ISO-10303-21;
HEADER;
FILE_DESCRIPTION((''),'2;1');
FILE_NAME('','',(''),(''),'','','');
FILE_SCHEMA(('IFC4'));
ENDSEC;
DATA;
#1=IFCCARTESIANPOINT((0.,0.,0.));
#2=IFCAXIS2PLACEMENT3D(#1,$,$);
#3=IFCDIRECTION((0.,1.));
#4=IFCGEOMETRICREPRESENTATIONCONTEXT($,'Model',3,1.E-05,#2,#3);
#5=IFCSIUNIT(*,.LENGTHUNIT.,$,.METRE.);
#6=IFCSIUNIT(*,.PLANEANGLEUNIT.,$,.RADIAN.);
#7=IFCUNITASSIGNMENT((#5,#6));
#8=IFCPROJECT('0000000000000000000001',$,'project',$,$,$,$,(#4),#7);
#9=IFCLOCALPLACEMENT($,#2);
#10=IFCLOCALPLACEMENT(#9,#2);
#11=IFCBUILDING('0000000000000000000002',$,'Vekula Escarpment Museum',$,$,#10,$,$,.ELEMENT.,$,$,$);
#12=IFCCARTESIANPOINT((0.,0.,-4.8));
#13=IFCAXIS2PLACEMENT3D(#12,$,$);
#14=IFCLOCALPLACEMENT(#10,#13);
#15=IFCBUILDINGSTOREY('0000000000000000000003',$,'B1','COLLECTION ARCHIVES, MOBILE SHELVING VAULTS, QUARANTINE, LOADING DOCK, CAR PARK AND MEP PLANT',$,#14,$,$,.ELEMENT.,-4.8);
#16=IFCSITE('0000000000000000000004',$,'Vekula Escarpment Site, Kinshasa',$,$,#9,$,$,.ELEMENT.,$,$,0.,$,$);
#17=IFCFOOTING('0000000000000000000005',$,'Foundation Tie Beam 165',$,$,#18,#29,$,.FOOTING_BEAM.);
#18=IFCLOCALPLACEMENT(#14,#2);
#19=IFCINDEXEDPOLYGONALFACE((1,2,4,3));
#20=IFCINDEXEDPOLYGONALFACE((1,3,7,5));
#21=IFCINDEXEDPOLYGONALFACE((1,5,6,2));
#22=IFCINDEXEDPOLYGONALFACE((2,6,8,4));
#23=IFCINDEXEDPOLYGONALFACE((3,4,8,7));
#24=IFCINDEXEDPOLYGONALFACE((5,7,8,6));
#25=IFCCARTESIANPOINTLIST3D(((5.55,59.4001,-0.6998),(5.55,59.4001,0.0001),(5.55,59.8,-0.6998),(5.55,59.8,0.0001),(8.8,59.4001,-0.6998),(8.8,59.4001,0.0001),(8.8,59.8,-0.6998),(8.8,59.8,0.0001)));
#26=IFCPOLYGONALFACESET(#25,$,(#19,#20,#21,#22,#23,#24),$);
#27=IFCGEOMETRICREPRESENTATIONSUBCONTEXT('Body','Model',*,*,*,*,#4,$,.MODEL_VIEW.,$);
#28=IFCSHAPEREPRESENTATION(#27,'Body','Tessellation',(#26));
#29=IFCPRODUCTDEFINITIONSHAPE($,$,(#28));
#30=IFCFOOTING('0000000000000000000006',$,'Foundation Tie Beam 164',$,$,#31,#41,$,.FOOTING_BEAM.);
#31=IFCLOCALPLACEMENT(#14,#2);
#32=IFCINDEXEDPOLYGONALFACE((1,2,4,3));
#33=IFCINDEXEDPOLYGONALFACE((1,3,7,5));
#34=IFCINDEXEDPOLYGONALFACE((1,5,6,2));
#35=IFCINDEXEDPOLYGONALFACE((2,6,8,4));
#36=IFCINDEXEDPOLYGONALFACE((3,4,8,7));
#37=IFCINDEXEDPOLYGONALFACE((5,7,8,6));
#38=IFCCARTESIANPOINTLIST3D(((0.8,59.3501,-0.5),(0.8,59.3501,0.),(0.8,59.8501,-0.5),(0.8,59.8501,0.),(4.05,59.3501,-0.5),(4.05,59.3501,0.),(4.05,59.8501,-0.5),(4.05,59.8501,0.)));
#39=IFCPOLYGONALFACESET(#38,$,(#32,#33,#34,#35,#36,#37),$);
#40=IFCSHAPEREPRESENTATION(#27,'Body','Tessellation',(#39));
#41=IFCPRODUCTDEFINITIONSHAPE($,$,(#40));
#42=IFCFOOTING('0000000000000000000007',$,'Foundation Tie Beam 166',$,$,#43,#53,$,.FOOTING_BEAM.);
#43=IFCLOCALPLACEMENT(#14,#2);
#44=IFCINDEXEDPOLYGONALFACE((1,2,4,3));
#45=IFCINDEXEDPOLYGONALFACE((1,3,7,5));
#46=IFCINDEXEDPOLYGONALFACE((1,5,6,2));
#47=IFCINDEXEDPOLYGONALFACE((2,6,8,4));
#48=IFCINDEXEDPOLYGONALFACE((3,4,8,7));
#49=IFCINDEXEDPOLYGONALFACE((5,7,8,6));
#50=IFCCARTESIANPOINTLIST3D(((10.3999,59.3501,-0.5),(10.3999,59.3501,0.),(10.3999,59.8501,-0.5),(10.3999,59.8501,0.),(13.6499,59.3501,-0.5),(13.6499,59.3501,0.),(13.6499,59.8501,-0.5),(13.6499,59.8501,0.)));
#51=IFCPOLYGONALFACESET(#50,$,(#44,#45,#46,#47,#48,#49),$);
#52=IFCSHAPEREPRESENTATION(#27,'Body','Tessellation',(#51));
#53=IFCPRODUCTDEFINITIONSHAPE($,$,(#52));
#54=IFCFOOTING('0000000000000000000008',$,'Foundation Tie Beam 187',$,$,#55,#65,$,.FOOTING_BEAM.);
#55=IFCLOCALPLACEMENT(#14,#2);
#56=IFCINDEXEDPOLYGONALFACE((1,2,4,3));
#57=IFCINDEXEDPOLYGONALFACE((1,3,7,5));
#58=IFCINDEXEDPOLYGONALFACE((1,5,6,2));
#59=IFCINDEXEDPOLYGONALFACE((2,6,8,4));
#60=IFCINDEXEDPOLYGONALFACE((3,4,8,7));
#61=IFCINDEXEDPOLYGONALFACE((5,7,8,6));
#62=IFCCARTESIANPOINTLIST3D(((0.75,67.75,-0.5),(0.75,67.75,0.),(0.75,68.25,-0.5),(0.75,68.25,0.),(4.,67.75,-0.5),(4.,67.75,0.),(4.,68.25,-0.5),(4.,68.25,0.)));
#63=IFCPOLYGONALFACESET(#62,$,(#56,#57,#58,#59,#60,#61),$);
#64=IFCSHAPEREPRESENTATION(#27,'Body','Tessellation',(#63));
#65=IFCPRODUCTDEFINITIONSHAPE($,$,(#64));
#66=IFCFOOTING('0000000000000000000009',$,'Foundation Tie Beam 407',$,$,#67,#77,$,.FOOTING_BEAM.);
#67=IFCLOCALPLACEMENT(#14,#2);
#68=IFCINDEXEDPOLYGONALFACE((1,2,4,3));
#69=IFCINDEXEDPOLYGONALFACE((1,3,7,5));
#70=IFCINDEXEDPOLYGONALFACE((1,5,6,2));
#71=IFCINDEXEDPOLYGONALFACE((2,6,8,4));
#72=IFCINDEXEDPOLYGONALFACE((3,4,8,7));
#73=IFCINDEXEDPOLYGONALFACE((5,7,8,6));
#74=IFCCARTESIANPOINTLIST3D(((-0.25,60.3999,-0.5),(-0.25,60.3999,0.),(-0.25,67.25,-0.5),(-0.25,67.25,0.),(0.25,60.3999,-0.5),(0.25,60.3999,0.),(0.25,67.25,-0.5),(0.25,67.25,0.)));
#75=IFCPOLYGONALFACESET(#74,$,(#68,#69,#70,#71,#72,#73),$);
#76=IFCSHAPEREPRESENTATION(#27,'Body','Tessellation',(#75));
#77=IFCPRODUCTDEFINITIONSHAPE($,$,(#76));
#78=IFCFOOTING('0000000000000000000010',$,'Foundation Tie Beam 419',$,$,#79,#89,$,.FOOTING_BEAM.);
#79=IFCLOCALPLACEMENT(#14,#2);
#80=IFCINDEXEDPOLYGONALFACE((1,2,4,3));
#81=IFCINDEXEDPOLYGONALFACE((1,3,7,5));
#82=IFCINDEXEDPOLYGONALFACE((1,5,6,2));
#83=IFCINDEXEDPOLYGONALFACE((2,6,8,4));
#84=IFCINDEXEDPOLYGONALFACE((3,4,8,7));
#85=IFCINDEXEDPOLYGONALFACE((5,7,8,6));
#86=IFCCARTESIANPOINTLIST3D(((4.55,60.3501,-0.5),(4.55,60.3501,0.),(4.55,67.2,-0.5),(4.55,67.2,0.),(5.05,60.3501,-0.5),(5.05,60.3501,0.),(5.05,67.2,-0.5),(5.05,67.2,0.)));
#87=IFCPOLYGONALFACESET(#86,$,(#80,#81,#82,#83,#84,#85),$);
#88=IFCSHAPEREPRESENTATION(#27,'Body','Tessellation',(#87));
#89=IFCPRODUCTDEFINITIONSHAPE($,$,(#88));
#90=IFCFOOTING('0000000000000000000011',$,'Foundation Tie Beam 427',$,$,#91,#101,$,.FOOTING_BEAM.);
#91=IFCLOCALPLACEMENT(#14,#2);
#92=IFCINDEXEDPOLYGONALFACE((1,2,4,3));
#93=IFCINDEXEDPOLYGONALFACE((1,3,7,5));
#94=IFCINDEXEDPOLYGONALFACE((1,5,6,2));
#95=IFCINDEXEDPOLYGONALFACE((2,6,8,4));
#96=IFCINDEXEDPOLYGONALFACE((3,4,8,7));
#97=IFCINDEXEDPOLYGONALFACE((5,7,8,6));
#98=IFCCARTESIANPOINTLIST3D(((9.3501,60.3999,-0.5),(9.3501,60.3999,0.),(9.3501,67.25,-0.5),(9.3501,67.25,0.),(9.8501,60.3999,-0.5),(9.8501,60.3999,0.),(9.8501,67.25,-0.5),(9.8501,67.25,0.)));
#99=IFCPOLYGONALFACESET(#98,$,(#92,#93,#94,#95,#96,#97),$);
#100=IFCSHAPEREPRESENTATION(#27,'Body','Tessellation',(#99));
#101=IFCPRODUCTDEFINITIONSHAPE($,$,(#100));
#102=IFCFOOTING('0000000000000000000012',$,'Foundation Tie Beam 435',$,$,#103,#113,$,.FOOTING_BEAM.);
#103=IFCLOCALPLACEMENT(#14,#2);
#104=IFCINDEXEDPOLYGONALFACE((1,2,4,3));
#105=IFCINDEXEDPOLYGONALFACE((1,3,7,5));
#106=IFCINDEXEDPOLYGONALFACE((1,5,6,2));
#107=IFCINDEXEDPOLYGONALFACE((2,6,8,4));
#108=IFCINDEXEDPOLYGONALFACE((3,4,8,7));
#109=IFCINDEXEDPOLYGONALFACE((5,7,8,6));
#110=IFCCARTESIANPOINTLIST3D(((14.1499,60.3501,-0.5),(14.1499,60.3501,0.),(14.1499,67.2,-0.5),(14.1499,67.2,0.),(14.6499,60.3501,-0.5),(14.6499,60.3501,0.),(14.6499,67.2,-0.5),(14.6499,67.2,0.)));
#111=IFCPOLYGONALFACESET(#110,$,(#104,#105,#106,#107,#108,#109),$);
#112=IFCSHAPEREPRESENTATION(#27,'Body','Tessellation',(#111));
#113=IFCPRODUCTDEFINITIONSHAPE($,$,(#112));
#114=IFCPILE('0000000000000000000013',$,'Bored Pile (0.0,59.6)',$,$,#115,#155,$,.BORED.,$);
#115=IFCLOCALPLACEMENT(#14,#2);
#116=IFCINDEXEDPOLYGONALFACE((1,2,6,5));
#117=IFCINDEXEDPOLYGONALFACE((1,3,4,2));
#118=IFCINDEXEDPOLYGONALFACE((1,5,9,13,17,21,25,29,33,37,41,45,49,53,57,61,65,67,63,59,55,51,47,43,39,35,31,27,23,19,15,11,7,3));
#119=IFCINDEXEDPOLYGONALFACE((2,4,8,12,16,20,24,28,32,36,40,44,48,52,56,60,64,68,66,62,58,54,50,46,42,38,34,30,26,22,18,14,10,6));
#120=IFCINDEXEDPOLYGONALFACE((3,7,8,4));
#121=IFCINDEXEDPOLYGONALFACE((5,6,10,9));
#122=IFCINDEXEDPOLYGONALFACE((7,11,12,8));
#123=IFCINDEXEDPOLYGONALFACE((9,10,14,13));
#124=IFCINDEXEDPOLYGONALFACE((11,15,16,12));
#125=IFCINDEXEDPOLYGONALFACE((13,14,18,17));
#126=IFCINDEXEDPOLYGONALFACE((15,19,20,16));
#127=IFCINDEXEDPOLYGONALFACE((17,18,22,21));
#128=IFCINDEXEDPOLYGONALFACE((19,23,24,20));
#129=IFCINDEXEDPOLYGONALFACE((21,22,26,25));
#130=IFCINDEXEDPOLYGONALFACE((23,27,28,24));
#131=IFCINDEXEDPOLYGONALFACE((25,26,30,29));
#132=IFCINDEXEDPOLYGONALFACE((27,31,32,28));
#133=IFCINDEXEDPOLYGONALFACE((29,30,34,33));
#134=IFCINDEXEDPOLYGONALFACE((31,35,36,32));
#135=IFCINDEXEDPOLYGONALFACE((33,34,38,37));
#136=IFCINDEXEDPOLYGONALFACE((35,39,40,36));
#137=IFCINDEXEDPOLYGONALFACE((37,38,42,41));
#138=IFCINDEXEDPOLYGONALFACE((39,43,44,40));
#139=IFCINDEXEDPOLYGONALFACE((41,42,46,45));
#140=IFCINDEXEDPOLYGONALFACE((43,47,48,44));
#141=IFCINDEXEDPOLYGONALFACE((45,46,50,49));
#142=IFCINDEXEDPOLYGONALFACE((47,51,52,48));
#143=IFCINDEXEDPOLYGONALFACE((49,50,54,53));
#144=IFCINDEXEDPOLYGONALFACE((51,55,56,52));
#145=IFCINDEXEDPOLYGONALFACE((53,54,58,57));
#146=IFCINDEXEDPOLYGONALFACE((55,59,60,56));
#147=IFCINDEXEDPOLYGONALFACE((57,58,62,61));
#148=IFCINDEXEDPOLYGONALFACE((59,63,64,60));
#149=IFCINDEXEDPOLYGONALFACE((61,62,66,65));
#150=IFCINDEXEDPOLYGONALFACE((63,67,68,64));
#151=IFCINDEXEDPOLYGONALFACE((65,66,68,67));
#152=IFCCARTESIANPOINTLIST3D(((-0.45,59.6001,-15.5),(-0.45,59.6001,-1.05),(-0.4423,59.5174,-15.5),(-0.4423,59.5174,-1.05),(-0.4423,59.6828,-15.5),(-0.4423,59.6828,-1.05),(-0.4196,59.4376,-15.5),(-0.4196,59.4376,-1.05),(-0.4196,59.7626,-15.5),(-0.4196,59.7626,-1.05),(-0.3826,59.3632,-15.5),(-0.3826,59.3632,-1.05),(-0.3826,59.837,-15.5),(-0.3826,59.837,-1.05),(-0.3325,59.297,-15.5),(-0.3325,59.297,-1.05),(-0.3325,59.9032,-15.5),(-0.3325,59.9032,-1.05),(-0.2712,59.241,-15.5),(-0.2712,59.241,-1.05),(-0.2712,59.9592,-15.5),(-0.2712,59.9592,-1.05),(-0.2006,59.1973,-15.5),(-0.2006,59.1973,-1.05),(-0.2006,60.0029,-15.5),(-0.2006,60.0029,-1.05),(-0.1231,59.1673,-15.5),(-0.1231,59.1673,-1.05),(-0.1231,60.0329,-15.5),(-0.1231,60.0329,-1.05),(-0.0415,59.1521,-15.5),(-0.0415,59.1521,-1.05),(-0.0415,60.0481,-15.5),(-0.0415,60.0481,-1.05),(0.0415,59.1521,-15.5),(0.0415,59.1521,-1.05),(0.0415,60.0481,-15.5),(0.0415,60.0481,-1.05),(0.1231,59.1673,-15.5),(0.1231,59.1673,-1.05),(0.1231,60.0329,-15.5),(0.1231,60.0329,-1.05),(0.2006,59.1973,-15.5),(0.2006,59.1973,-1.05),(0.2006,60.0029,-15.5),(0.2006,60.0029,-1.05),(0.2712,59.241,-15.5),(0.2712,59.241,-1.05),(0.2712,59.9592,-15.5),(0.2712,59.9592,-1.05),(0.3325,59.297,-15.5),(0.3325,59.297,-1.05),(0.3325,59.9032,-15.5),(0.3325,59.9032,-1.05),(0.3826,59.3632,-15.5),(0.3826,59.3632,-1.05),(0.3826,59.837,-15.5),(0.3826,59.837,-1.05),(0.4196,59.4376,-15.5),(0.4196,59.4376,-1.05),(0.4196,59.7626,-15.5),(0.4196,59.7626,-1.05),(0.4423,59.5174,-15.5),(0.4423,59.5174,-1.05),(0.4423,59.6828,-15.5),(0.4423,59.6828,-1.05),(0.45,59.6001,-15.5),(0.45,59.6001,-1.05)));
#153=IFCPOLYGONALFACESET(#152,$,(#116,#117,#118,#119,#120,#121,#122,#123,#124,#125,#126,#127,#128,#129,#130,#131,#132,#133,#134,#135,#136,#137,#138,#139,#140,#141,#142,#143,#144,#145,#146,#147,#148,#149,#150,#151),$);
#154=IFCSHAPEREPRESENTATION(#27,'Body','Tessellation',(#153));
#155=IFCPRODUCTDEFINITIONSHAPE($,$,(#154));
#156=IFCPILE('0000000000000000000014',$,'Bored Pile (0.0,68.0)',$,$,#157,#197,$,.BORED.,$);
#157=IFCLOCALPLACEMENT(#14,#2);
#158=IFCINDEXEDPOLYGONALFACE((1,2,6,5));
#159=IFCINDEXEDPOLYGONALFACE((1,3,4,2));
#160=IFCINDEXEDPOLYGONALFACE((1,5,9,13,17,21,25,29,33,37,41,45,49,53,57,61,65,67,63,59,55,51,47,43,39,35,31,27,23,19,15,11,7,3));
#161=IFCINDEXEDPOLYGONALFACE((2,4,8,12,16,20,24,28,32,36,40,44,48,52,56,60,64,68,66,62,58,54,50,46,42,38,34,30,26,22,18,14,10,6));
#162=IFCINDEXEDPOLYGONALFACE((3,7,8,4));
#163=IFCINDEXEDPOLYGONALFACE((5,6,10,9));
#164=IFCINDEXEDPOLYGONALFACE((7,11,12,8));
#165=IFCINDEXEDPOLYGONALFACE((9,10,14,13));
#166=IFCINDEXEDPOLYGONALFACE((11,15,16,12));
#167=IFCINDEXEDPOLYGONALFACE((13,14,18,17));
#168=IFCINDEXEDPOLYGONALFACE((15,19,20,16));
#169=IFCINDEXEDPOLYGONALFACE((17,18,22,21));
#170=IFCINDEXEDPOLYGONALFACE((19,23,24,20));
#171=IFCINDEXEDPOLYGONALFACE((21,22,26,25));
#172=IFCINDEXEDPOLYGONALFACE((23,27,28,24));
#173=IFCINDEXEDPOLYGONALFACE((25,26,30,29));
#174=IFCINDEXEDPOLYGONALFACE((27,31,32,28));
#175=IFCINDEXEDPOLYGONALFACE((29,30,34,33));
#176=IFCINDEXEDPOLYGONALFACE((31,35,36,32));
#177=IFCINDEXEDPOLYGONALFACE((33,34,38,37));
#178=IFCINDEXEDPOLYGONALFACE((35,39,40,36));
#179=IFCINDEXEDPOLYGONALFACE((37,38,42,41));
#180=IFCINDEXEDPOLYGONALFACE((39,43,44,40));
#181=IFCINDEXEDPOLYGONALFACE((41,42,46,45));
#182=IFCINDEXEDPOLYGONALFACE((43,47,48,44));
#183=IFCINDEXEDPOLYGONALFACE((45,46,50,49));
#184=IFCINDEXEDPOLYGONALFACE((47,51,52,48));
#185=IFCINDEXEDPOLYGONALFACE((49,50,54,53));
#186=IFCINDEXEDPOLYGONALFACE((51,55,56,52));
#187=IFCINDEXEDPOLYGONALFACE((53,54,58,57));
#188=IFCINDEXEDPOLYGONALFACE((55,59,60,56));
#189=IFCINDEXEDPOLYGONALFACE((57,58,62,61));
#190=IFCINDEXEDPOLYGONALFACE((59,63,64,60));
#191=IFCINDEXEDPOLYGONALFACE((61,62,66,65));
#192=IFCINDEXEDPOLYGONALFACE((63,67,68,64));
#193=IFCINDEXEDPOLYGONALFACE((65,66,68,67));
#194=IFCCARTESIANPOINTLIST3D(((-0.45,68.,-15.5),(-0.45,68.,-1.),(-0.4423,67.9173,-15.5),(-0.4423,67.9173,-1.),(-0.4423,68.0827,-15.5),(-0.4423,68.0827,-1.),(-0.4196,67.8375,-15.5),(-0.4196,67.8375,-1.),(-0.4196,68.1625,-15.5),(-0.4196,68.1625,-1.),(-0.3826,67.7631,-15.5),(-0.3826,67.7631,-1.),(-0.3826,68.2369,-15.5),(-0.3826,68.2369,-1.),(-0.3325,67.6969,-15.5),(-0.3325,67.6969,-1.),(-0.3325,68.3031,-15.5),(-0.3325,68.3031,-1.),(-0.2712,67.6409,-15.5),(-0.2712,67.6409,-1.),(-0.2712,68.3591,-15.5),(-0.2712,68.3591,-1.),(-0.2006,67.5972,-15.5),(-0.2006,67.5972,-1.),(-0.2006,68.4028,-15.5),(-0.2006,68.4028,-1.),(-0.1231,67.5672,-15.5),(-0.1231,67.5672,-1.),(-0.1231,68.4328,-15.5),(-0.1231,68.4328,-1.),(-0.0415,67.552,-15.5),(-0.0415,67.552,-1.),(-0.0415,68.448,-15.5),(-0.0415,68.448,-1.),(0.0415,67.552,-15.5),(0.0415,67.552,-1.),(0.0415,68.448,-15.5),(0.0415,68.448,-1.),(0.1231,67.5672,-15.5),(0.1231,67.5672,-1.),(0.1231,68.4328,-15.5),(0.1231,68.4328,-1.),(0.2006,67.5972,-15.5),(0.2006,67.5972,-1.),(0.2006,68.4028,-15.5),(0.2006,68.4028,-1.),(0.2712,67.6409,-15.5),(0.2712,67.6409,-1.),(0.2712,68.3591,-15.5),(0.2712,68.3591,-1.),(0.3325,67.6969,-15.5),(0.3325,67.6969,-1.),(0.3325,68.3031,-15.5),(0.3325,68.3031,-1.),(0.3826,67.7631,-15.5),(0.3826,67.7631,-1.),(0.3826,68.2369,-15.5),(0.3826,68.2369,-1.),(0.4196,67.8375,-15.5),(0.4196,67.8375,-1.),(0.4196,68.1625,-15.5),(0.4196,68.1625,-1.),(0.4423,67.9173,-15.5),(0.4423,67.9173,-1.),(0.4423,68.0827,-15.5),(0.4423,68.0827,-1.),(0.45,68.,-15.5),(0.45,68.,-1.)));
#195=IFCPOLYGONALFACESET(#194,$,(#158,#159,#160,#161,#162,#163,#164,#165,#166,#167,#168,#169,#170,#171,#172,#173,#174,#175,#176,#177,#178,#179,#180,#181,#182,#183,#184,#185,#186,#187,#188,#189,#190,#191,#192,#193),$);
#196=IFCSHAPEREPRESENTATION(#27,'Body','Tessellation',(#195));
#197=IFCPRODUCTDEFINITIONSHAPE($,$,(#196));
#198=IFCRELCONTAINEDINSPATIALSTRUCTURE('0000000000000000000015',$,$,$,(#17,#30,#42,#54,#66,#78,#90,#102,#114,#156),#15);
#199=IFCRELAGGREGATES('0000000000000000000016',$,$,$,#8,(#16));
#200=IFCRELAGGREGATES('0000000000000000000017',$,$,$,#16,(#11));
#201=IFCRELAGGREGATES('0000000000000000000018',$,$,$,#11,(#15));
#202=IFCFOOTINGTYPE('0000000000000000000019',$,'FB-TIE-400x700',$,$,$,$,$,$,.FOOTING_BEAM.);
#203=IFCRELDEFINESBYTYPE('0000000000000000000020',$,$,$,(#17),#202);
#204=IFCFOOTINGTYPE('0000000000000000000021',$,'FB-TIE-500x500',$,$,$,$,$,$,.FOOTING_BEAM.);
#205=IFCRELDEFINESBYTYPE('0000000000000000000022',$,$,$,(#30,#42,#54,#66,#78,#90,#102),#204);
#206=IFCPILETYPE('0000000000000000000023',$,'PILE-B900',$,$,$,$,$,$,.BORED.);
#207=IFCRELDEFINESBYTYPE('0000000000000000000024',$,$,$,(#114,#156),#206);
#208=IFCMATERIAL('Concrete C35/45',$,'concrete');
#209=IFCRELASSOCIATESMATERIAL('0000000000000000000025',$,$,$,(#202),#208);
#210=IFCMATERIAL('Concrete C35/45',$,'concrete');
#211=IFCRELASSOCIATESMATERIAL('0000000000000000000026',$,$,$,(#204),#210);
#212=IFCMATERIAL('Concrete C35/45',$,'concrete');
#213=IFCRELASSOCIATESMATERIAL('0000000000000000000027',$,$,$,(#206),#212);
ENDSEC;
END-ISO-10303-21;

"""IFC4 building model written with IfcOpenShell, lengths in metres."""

from ifc_helpers import new_model, si_unit, direction, frame, origin, origin_2d, place, context, subcontext, project, spatial, rectangle, circle, extrude, material, material_profile, profile_set, type_object, element, save


model = new_model("IFC4")

# Units and contexts
model_context = context("Model", 3, precision=1e-05, world=origin(), true_north=direction((0.0, 1.0)))
body_context = subcontext(model_context, "Body", "Model", "MODEL_VIEW")
ifc_project = project(units=[si_unit("LENGTHUNIT", "METRE"), si_unit("PLANEANGLEUNIT", "RADIAN")], contexts=[model_context])

# Site, building, storey
site_placement = place(None, origin())
site = spatial("IfcSite", under=ifc_project, at=site_placement, Name="Vekula Escarpment Site, Kinshasa", CompositionType="ELEMENT", RefElevation=0.0)
building_placement = place(site_placement, origin())
building = spatial("IfcBuilding", under=site, at=building_placement, Name="Vekula Escarpment Museum", CompositionType="ELEMENT")
storey_placement = place(building_placement, frame((0.0, 0.0, -4.8)))
storey = spatial("IfcBuildingStorey", under=building, at=storey_placement, Name="B1", Description="COLLECTION ARCHIVES, MOBILE SHELVING VAULTS, QUARANTINE, LOADING DOCK, CAR PARK AND MEP PLANT", CompositionType="ELEMENT", Elevation=-4.8)

# Footings
ifc_material_1 = material(Name="Concrete C35/45", Category="concrete")
ifc_material_profile_1 = material_profile(ifc_material_1, rectangle(XDim=0.3999, YDim=0.7, at=origin_2d()), Name="RC 400x700")
ifc_profile_set_1 = profile_set([ifc_material_profile_1], Name="Concrete C35/45")
footing_type_1 = type_object("IfcFootingType", Name="FB-TIE-400x700", PredefinedType="FOOTING_BEAM", material=ifc_profile_set_1)
footing_1_placement = place(storey_placement, frame((5.55, 59.6001, -0.3499), z_axis=(1.0, 0.0, 0.0), x_axis=(0.0, 1.0, 0.0)))
element("IfcFooting", 1, at=footing_1_placement, inside=storey, type_object=footing_type_1, Name="Foundation Tie Beam 165", PredefinedType="FOOTING_BEAM", context=body_context, shape_type="SweptSolid", body=[
    extrude(rectangle(XDim=0.3999, YDim=0.7, at=origin_2d()), origin(), (0.0, 0.0, 1.0), 3.25),
])
ifc_material_2 = material(Name="Concrete C35/45", Category="concrete")
ifc_material_profile_2 = material_profile(ifc_material_2, rectangle(XDim=0.5, YDim=0.5, at=origin_2d()), Name="RC 500x500")
ifc_profile_set_2 = profile_set([ifc_material_profile_2], Name="Concrete C35/45")
footing_type_2 = type_object("IfcFootingType", Name="FB-TIE-500x500", PredefinedType="FOOTING_BEAM", material=ifc_profile_set_2)
for number, where, z_axis, x_axis, name in (
    (2, (0.8, 59.6001, -0.25), (1.0, 0.0, 0.0), (0.0, 1.0, 0.0), "Foundation Tie Beam 164"),
    (3, (10.3999, 59.6001, -0.25), (1.0, 0.0, 0.0), (0.0, 1.0, 0.0), "Foundation Tie Beam 166"),
    (4, (0.75, 68.0, -0.25), (1.0, 0.0, 0.0), (0.0, 1.0, 0.0), "Foundation Tie Beam 187"),
):
    element("IfcFooting", number, at=place(storey_placement, frame(where, z_axis=z_axis, x_axis=x_axis)), inside=storey, type_object=footing_type_2, Name=name, PredefinedType="FOOTING_BEAM", context=body_context, shape_type="SweptSolid", body=[
        extrude(rectangle(XDim=0.5, YDim=0.5, at=origin_2d()), origin(), (0.0, 0.0, 1.0), 3.25),
    ])
footing_2_placement = place(storey_placement, frame((0.0, 60.3999, -0.25), z_axis=(0.0, 1.0, 0.0), x_axis=(-1.0, 0.0, 0.0)))
element("IfcFooting", 5, at=footing_2_placement, inside=storey, type_object=footing_type_2, Name="Foundation Tie Beam 407", PredefinedType="FOOTING_BEAM", context=body_context, shape_type="SweptSolid", body=[
    extrude(rectangle(XDim=0.5, YDim=0.5, at=origin_2d()), origin(), (0.0, 0.0, 1.0), 6.8501),
])
footing_3_placement = place(storey_placement, frame((4.8, 60.3501, -0.25), z_axis=(0.0, 1.0, 0.0), x_axis=(-1.0, 0.0, 0.0)))
element("IfcFooting", 6, at=footing_3_placement, inside=storey, type_object=footing_type_2, Name="Foundation Tie Beam 419", PredefinedType="FOOTING_BEAM", context=body_context, shape_type="SweptSolid", body=[
    extrude(rectangle(XDim=0.5, YDim=0.5, at=origin_2d()), origin(), (0.0, 0.0, 1.0), 6.8499),
])
footing_4_placement = place(storey_placement, frame((9.6001, 60.3999, -0.25), z_axis=(0.0, 1.0, 0.0), x_axis=(-1.0, 0.0, 0.0)))
element("IfcFooting", 7, at=footing_4_placement, inside=storey, type_object=footing_type_2, Name="Foundation Tie Beam 427", PredefinedType="FOOTING_BEAM", context=body_context, shape_type="SweptSolid", body=[
    extrude(rectangle(XDim=0.5, YDim=0.5, at=origin_2d()), origin(), (0.0, 0.0, 1.0), 6.8501),
])
footing_5_placement = place(storey_placement, frame((14.3999, 60.3501, -0.25), z_axis=(0.0, 1.0, 0.0), x_axis=(-1.0, 0.0, 0.0)))
element("IfcFooting", 8, at=footing_5_placement, inside=storey, type_object=footing_type_2, Name="Foundation Tie Beam 435", PredefinedType="FOOTING_BEAM", context=body_context, shape_type="SweptSolid", body=[
    extrude(rectangle(XDim=0.5, YDim=0.5, at=origin_2d()), origin(), (0.0, 0.0, 1.0), 6.8499),
])

# Piles
ifc_material_3 = material(Name="Concrete C35/45", Category="concrete")
ifc_material_profile_3 = material_profile(ifc_material_3, circle(Radius=0.45, at=origin_2d()), Name="BORED PILE 900")
ifc_profile_set_3 = profile_set([ifc_material_profile_3], Name="Concrete C35/45")
pile_type = type_object("IfcPileType", Name="PILE-B900", PredefinedType="BORED", material=ifc_profile_set_3)
pile_1_placement = place(storey_placement, frame((0.0, 59.6001, -1.05), z_axis=(0.0, 0.0, -1.0), x_axis=(1.0, 0.0, 0.0)))
element("IfcPile", 9, at=pile_1_placement, inside=storey, type_object=pile_type, Name="Bored Pile (0.0,59.6)", PredefinedType="BORED", context=body_context, shape_type="SweptSolid", body=[
    extrude(circle(Radius=0.45, at=origin_2d()), origin(), (0.0, 0.0, 1.0), 14.45),
])
for number, where, z_axis, x_axis, name in (
    (10, (0.0, 68.0, -1.0), (0.0, 0.0, -1.0), (1.0, 0.0, 0.0), "Bored Pile (0.0,68.0)"),
):
    element("IfcPile", number, at=place(storey_placement, frame(where, z_axis=z_axis, x_axis=x_axis)), inside=storey, type_object=pile_type, Name=name, PredefinedType="BORED", context=body_context, shape_type="SweptSolid", body=[
        extrude(circle(Radius=0.45, at=origin_2d()), origin(), (0.0, 0.0, 1.0), 14.5),
    ])

save(model, "model.ifc")
